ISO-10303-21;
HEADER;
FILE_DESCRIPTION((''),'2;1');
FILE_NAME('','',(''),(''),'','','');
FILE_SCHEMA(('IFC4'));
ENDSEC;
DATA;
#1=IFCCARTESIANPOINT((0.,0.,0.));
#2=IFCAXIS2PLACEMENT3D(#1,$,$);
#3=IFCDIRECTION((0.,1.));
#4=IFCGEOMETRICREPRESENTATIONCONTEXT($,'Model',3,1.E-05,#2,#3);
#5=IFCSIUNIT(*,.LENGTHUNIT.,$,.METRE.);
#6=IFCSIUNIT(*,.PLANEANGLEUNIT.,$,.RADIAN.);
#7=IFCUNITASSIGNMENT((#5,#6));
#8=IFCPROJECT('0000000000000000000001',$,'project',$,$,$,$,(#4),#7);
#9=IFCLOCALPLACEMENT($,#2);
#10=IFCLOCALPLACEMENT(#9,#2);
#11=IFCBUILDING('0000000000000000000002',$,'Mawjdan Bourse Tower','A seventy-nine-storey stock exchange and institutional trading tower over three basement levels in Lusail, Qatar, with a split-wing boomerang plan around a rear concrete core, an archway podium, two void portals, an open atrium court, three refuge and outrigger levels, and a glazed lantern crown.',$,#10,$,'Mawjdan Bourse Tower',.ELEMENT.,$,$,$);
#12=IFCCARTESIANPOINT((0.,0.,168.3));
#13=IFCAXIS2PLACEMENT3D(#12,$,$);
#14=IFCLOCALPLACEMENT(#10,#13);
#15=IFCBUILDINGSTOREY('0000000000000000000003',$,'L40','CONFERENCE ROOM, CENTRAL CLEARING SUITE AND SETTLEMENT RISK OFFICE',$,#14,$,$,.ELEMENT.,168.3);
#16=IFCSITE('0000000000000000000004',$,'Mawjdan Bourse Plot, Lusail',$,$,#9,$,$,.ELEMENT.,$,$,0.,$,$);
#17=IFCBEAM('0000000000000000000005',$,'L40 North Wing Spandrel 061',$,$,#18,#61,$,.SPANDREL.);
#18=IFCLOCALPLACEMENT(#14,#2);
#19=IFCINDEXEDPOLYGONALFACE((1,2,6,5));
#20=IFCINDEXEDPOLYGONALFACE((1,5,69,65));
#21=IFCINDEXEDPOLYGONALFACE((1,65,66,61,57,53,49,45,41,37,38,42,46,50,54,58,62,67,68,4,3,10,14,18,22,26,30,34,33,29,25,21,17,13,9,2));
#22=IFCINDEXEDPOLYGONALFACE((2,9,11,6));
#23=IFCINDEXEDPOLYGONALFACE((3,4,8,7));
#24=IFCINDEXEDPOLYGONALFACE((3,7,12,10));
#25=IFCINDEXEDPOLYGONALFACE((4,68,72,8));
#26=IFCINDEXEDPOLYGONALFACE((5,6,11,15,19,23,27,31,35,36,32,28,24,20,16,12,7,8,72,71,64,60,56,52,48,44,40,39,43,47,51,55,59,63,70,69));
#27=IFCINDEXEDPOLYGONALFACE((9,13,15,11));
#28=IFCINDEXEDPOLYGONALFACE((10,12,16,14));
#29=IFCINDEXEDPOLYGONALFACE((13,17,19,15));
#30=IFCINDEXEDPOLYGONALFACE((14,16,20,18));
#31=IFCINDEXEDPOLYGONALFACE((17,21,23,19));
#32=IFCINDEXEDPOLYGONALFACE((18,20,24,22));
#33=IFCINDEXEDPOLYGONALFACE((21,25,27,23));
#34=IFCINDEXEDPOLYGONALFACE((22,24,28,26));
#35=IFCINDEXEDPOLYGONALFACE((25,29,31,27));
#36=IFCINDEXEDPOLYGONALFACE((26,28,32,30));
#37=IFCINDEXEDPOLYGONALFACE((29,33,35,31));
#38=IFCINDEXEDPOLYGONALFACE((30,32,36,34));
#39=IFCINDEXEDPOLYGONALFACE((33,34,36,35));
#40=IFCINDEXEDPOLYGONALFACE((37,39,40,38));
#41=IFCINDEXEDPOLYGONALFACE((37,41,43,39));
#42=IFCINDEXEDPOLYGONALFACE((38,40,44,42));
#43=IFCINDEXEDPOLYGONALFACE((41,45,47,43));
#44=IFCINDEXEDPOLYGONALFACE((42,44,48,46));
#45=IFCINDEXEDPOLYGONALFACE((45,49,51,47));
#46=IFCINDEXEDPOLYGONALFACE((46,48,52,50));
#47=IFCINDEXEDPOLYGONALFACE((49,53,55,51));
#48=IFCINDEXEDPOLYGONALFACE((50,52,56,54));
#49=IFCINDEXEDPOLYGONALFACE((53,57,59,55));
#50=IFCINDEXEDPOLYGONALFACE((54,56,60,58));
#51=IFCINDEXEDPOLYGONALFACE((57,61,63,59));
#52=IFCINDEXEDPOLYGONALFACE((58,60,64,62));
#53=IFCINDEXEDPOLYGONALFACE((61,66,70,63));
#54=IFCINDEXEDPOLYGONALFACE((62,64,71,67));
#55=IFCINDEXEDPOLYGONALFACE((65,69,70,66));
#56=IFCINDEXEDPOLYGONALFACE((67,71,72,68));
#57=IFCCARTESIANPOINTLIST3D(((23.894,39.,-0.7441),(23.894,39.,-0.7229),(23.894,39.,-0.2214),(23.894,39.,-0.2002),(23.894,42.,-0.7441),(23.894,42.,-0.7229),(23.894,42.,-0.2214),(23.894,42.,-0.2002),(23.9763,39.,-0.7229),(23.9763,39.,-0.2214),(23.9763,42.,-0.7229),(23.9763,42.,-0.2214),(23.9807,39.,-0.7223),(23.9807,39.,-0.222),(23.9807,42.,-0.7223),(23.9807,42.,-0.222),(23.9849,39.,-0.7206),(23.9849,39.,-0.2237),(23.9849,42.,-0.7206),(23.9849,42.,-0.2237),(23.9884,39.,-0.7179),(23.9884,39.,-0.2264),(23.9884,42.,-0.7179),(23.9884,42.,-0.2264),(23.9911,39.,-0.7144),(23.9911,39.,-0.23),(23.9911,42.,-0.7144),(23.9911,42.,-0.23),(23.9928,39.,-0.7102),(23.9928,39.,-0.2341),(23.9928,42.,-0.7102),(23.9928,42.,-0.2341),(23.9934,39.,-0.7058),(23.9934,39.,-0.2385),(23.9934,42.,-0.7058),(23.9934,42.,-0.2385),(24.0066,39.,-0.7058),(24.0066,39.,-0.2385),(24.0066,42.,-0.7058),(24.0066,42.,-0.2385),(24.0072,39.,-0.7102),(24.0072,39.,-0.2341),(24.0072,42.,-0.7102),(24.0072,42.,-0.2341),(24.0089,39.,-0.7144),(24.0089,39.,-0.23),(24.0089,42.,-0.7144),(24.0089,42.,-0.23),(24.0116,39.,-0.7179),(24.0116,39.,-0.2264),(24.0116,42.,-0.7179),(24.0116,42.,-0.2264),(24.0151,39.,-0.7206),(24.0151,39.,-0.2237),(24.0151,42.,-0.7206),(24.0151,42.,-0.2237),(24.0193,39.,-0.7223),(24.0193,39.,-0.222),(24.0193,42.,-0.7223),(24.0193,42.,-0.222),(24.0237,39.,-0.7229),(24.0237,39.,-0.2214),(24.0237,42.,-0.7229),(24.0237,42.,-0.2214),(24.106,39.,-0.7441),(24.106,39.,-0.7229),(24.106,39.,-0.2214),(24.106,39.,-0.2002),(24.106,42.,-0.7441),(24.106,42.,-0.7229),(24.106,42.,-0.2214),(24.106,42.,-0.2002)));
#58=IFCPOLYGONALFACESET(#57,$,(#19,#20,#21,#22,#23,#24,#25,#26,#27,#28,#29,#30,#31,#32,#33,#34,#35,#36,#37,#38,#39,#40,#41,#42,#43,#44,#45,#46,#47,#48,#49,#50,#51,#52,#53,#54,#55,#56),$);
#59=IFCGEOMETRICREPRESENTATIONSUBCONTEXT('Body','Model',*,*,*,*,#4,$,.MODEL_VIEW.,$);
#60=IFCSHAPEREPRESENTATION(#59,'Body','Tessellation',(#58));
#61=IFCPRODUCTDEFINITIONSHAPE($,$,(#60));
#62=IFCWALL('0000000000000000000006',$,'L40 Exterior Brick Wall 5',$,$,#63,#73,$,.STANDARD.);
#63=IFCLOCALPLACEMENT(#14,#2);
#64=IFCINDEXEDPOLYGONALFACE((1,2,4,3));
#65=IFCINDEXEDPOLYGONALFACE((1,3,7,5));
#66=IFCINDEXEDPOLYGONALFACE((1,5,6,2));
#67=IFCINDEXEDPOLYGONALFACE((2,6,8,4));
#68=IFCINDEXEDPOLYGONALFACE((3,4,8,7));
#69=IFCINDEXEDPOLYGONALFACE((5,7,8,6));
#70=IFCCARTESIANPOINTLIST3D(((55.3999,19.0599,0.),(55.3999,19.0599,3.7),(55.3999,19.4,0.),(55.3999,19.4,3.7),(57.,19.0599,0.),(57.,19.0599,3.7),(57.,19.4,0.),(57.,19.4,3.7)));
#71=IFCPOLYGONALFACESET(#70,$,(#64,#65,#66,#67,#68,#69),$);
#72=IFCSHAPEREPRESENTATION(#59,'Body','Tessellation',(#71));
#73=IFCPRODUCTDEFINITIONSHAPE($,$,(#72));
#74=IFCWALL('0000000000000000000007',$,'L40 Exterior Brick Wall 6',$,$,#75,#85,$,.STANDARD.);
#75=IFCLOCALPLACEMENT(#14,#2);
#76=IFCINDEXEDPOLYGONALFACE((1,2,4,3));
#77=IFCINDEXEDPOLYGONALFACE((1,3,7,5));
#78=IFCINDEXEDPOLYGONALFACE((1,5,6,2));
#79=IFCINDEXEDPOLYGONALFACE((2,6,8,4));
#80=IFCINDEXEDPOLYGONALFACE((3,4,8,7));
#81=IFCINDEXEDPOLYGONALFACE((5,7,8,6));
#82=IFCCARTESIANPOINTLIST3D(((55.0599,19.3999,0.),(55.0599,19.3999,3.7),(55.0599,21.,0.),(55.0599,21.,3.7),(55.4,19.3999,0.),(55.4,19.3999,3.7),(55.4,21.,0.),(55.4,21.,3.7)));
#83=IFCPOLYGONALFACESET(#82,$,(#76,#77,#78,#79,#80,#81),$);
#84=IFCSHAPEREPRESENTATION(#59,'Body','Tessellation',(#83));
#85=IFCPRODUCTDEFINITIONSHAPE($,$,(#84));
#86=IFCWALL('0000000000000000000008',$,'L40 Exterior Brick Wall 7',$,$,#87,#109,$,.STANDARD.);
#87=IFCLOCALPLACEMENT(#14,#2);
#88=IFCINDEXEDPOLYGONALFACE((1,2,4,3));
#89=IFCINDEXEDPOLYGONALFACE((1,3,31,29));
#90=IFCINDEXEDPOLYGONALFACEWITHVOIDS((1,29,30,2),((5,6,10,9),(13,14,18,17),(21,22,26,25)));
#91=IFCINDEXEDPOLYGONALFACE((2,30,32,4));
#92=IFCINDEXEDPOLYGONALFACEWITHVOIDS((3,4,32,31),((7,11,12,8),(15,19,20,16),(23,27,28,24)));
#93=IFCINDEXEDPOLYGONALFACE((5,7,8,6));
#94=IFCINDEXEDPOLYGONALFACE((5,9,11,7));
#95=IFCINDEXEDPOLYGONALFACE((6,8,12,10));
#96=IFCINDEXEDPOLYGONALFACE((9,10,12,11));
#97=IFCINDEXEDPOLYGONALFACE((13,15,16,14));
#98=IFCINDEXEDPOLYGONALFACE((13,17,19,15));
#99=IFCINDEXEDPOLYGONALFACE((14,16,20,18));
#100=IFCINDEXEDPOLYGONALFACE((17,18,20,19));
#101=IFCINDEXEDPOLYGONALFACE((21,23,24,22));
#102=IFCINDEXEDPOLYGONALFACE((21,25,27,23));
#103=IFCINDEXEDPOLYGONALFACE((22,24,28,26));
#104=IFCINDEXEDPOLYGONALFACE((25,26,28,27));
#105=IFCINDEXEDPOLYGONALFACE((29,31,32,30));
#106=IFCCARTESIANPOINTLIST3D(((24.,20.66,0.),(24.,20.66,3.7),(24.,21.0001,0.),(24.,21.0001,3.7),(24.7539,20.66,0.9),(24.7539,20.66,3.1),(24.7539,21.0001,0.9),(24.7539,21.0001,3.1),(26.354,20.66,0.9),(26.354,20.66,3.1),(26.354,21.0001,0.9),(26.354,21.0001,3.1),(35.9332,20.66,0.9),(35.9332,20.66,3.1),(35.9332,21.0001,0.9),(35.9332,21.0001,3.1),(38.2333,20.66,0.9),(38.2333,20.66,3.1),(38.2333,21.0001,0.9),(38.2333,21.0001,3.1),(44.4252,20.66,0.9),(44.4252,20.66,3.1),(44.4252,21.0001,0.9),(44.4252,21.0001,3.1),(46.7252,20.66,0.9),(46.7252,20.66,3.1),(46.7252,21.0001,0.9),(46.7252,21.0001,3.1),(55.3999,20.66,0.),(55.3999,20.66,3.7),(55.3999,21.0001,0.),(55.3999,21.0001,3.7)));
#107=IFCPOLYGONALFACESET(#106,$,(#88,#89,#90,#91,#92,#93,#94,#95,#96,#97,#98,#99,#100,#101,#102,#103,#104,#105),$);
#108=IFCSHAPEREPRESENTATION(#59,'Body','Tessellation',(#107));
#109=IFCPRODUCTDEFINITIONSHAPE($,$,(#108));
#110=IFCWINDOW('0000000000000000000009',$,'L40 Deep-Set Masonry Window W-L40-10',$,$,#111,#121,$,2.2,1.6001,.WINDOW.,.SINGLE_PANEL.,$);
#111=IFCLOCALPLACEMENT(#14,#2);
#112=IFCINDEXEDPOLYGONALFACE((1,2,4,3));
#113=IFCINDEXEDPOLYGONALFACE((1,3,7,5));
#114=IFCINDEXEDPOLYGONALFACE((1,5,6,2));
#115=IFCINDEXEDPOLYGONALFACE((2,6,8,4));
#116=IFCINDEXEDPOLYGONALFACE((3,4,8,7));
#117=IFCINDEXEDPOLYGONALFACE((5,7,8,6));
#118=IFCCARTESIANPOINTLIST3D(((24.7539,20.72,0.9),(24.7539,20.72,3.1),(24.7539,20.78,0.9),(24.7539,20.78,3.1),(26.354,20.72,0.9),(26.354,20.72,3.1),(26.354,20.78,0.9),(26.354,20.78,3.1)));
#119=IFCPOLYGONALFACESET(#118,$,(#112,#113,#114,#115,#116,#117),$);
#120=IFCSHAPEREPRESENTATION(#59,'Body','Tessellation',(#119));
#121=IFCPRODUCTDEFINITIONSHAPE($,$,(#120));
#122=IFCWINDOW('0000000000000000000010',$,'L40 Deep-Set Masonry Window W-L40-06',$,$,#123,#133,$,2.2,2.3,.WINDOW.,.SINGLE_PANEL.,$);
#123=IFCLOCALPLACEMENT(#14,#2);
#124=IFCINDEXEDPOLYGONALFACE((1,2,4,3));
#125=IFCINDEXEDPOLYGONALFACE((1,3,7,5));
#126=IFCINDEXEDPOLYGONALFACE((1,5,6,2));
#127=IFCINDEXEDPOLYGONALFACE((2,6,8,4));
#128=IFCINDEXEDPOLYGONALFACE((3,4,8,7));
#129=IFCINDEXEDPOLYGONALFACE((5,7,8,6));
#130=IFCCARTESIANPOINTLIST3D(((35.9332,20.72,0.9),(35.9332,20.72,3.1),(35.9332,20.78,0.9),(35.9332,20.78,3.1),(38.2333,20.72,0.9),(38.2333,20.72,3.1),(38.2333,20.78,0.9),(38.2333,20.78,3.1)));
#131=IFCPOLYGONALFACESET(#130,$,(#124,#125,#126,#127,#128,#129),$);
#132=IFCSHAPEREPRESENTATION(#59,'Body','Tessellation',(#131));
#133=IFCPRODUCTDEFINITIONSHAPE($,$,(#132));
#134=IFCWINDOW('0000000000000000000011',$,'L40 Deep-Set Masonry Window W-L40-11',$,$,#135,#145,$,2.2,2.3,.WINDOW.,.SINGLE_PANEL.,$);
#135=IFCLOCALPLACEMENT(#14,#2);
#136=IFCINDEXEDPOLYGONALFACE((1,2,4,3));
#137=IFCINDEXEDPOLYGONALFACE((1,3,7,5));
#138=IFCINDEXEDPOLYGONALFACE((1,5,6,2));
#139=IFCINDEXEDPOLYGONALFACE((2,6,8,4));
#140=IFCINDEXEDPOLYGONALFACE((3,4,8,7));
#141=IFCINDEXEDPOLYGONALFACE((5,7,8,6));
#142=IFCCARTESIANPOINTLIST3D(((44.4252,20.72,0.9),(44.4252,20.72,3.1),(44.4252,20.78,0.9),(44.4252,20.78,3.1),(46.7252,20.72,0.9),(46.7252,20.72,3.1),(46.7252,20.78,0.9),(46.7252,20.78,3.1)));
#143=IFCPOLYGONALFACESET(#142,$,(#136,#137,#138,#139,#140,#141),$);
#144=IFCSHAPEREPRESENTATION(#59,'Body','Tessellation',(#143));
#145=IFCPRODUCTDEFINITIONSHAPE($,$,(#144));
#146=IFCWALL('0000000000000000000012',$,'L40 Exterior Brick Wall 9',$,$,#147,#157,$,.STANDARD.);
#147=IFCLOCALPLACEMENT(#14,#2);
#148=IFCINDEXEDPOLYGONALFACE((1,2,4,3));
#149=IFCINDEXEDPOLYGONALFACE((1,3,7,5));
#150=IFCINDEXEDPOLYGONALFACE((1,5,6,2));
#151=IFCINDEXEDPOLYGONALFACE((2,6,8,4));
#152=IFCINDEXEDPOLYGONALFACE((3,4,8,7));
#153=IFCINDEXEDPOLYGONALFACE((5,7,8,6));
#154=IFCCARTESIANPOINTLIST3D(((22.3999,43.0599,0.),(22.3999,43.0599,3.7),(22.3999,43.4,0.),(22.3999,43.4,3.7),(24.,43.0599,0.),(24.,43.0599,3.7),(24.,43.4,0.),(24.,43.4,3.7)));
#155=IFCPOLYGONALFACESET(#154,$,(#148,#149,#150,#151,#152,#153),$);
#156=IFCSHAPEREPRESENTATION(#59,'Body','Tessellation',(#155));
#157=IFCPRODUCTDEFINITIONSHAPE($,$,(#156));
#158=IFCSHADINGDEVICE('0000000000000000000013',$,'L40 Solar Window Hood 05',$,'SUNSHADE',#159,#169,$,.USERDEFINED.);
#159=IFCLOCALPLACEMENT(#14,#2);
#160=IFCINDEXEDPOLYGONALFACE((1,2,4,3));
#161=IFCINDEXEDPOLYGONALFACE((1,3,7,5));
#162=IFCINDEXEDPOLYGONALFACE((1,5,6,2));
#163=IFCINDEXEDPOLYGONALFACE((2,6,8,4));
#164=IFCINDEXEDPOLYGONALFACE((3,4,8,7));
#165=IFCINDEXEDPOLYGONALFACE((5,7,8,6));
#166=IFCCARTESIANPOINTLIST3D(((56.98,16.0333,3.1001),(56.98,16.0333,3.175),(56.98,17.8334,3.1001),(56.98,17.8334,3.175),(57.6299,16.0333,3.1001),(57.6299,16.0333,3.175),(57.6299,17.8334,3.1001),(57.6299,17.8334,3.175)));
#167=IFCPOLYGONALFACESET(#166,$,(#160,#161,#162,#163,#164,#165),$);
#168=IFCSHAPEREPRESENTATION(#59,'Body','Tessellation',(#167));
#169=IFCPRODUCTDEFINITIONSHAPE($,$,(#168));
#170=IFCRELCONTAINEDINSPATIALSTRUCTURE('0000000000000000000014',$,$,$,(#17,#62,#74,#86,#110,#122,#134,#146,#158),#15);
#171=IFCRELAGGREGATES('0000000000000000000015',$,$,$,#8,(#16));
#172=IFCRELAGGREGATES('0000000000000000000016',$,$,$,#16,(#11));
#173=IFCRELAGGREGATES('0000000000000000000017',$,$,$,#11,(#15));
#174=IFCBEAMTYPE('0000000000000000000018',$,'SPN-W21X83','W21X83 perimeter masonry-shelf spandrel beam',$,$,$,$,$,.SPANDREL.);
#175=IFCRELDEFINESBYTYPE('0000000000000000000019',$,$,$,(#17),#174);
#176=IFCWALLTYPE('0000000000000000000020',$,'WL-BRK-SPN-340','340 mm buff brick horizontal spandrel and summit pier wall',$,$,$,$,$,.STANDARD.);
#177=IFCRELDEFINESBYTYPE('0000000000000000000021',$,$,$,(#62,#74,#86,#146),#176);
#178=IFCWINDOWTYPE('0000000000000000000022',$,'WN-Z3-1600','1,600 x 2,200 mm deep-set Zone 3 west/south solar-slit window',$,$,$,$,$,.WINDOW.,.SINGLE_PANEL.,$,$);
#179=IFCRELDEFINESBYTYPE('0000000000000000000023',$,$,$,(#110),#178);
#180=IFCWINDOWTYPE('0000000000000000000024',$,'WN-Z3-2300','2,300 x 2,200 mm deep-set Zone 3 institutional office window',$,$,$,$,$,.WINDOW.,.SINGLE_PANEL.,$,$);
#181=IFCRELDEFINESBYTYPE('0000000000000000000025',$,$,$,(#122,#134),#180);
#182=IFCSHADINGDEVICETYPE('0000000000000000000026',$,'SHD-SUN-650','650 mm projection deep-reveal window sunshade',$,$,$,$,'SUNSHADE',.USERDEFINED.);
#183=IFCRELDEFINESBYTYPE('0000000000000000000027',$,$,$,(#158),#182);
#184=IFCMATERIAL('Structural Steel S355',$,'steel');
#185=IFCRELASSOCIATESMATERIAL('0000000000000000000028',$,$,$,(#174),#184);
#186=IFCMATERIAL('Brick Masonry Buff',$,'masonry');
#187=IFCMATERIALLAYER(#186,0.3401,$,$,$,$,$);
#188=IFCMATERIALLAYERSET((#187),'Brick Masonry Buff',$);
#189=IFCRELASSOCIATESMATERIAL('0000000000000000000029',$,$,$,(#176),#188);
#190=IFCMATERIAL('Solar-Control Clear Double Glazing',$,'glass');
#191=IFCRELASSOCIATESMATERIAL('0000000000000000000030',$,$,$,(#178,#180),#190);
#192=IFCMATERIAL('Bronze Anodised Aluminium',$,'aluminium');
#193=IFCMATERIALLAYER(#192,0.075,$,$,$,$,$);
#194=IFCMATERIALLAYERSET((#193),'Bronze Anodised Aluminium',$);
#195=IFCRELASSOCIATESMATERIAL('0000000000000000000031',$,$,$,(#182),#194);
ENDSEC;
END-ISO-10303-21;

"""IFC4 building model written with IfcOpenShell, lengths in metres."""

from ifc_helpers import new_model, si_unit, direction, frame, frame_2d, origin, origin_2d, place, context, subcontext, project, spatial, rectangle, i_section, extrude, material, layer, layer_set, material_profile, profile_set, type_object, element, fill, save


model = new_model("IFC4")

# Units and contexts
model_context = context("Model", 3, precision=1e-05, world=origin(), true_north=direction((0.0, 1.0)))
body_context = subcontext(model_context, "Body", "Model", "MODEL_VIEW")
ifc_project = project(units=[si_unit("LENGTHUNIT", "METRE"), si_unit("PLANEANGLEUNIT", "RADIAN")], contexts=[model_context])

# Site, building, storey
site_placement = place(None, origin())
site = spatial("IfcSite", under=ifc_project, at=site_placement, Name="Mawjdan Bourse Plot, Lusail", CompositionType="ELEMENT", RefElevation=0.0)
building_placement = place(site_placement, origin())
building = spatial("IfcBuilding", under=site, at=building_placement, Name="Mawjdan Bourse Tower", Description="A seventy-nine-storey stock exchange and institutional trading tower over three basement levels in Lusail, Qatar, with a split-wing boomerang plan around a rear concrete core, an archway podium, two void portals, an open atrium court, three refuge and outrigger levels, and a glazed lantern crown.", LongName="Mawjdan Bourse Tower", CompositionType="ELEMENT")
storey_placement = place(building_placement, frame((0.0, 0.0, 168.3)))
storey = spatial("IfcBuildingStorey", under=building, at=storey_placement, Name="L40", Description="CONFERENCE ROOM, CENTRAL CLEARING SUITE AND SETTLEMENT RISK OFFICE", CompositionType="ELEMENT", Elevation=168.3)

# Beam
ifc_material_1 = material(Name="Structural Steel S355", Category="steel")
ifc_material_profile_1 = material_profile(ifc_material_1, i_section(OverallWidth=0.2119, OverallDepth=0.5439, WebThickness=0.0132, FlangeThickness=0.0212, FilletRadius=0.0171, at=origin_2d()), Name="W21X83")
ifc_profile_set_1 = profile_set([ifc_material_profile_1], Name="Structural Steel S355")
beam_type_1 = type_object("IfcBeamType", Name="SPN-W21X83", Description="W21X83 perimeter masonry-shelf spandrel beam", PredefinedType="SPANDREL", material=ifc_profile_set_1)
for number, where, z_axis, x_axis, name in (
    (1, (24.0, 39.0, -0.4722), (0.0, 1.0, 0.0), (-1.0, 0.0, 0.0), "L40 North Wing Spandrel 061"),
):
    element("IfcBeam", number, at=place(storey_placement, frame(where, z_axis=z_axis, x_axis=x_axis)), inside=storey, type_object=beam_type_1, Name=name, PredefinedType="SPANDREL", context=body_context, shape_type="SweptSolid", body=[
        extrude(i_section(OverallWidth=0.2119, OverallDepth=0.5439, WebThickness=0.0132, FlangeThickness=0.0212, FilletRadius=0.0171, at=origin_2d()), origin(), (0.0, 0.0, 1.0), 3.0),
    ])

# Walls
ifc_material_2 = material(Name="Brick Masonry Buff", Category="masonry")
ifc_layer_1 = layer(ifc_material_2, 0.3401)
ifc_layer_set_1 = layer_set([ifc_layer_1], Name="Brick Masonry Buff")
wall_type = type_object("IfcWallType", Name="WL-BRK-SPN-340", Description="340 mm buff brick horizontal spandrel and summit pier wall", PredefinedType="STANDARD", material=ifc_layer_set_1)
for number, where, z_axis, x_axis, name in (
    (2, (57.0, 19.23, 0.0), (0.0, 0.0, 1.0), (-1.0, 0.0, 0.0), "L40 Exterior Brick Wall 5"),
    (3, (55.23, 19.3999, 0.0), (0.0, 0.0, 1.0), (0.0, 1.0, 0.0), "L40 Exterior Brick Wall 6"),
):
    element("IfcWall", number, at=place(storey_placement, frame(where, z_axis=z_axis, x_axis=x_axis)), inside=storey, type_object=wall_type, Name=name, PredefinedType="STANDARD", context=body_context, shape_type="SweptSolid", body=[
        extrude(rectangle(XDim=1.6001, YDim=0.3401, at=frame_2d((0.8, 0.0))), origin(), (0.0, 0.0, 1.0), 3.7),
    ])

# Wall, openings, windows
wall_1_placement = place(storey_placement, frame((55.3999, 20.8301, 0.0), z_axis=(0.0, 0.0, 1.0), x_axis=(-1.0, 0.0, 0.0)))
wall_1 = element("IfcWall", 4, at=wall_1_placement, inside=storey, type_object=wall_type, Name="L40 Exterior Brick Wall 7", PredefinedType="STANDARD", context=body_context, shape_type="SweptSolid", body=[
    extrude(rectangle(XDim=31.3999, YDim=0.3401, at=frame_2d((15.7, 0.0))), origin(), (0.0, 0.0, 1.0), 3.7),
])
opening_1_placement = place(wall_1_placement, frame((17.1667, 0.0, 0.8999)))
opening_1 = element("IfcOpeningElement", 5, at=opening_1_placement, cuts=wall_1, PredefinedType="OPENING", context=body_context, shape_type="SweptSolid", body=[
    extrude(rectangle(XDim=2.3, YDim=2.2, at=frame_2d((1.1499, 1.1001))), frame((0.0, 0.1802, 0.0), z_axis=(0.0, -1.0, 0.0), x_axis=(1.0, 0.0, 0.0)), (0.0, 0.0, 1.0), 0.3601),
])
opening_2_placement = place(wall_1_placement, frame((29.0459, 0.0, 0.8999)))
opening_2 = element("IfcOpeningElement", 6, at=opening_2_placement, cuts=wall_1, PredefinedType="OPENING", context=body_context, shape_type="SweptSolid", body=[
    extrude(rectangle(XDim=1.6001, YDim=2.2, at=frame_2d((0.8, 1.1001))), frame((0.0, 0.1802, 0.0), z_axis=(0.0, -1.0, 0.0), x_axis=(1.0, 0.0, 0.0)), (0.0, 0.0, 1.0), 0.3601),
])
opening_3_placement = place(wall_1_placement, frame((8.6748, 0.0, 0.8999)))
opening_3 = element("IfcOpeningElement", 7, at=opening_3_placement, cuts=wall_1, PredefinedType="OPENING", context=body_context, shape_type="SweptSolid", body=[
    extrude(rectangle(XDim=2.3, YDim=2.2, at=frame_2d((1.1499, 1.1001))), frame((0.0, 0.1802, 0.0), z_axis=(0.0, -1.0, 0.0), x_axis=(1.0, 0.0, 0.0)), (0.0, 0.0, 1.0), 0.3601),
])
ifc_material_3 = material(Name="Solar-Control Clear Double Glazing", Category="glass")
window_type_1 = type_object("IfcWindowType", Name="WN-Z3-1600", Description="1,600 x 2,200 mm deep-set Zone 3 west/south solar-slit window", PartitioningType="SINGLE_PANEL", PredefinedType="WINDOW", material=ifc_material_3)
window_1_placement = place(opening_2_placement, origin())
window_1 = element("IfcWindow", 8, at=window_1_placement, inside=storey, type_object=window_type_1, Name="L40 Deep-Set Masonry Window W-L40-10", OverallHeight=2.2, OverallWidth=1.6001, PartitioningType="SINGLE_PANEL", PredefinedType="WINDOW", context=body_context, shape_type="SweptSolid", body=[
    extrude(rectangle(XDim=1.6001, YDim=2.2, at=frame_2d((0.8, 1.1001))), frame((0.0, 0.1101, 0.0), z_axis=(0.0, -1.0, 0.0), x_axis=(1.0, 0.0, 0.0)), (0.0, 0.0, 1.0), 0.0601),
])
fill(opening_2, window_1)
window_type_2 = type_object("IfcWindowType", Name="WN-Z3-2300", Description="2,300 x 2,200 mm deep-set Zone 3 institutional office window", PartitioningType="SINGLE_PANEL", PredefinedType="WINDOW", material=ifc_material_3)
window_2_placement = place(opening_1_placement, origin())
window_2 = element("IfcWindow", 9, at=window_2_placement, inside=storey, type_object=window_type_2, Name="L40 Deep-Set Masonry Window W-L40-06", OverallHeight=2.2, OverallWidth=2.3, PartitioningType="SINGLE_PANEL", PredefinedType="WINDOW", context=body_context, shape_type="SweptSolid", body=[
    extrude(rectangle(XDim=2.3, YDim=2.2, at=frame_2d((1.1499, 1.1001))), frame((0.0, 0.1101, 0.0), z_axis=(0.0, -1.0, 0.0), x_axis=(1.0, 0.0, 0.0)), (0.0, 0.0, 1.0), 0.0601),
])
fill(opening_1, window_2)
window_3_placement = place(opening_3_placement, origin())
window_3 = element("IfcWindow", 10, at=window_3_placement, inside=storey, type_object=window_type_2, Name="L40 Deep-Set Masonry Window W-L40-11", OverallHeight=2.2, OverallWidth=2.3, PartitioningType="SINGLE_PANEL", PredefinedType="WINDOW", context=body_context, shape_type="SweptSolid", body=[
    extrude(rectangle(XDim=2.3, YDim=2.2, at=frame_2d((1.1499, 1.1001))), frame((0.0, 0.1101, 0.0), z_axis=(0.0, -1.0, 0.0), x_axis=(1.0, 0.0, 0.0)), (0.0, 0.0, 1.0), 0.0601),
])
fill(opening_3, window_3)

# Wall
wall_2_placement = place(storey_placement, frame((24.0, 43.23, 0.0), z_axis=(0.0, 0.0, 1.0), x_axis=(-1.0, 0.0, 0.0)))
element("IfcWall", 11, at=wall_2_placement, inside=storey, type_object=wall_type, Name="L40 Exterior Brick Wall 9", PredefinedType="STANDARD", context=body_context, shape_type="SweptSolid", body=[
    extrude(rectangle(XDim=1.6001, YDim=0.3401, at=frame_2d((0.8, 0.0))), origin(), (0.0, 0.0, 1.0), 3.7),
])

# Shading device
ifc_material_4 = material(Name="Bronze Anodised Aluminium", Category="aluminium")
ifc_layer_2 = layer(ifc_material_4, 0.075)
ifc_layer_set_2 = layer_set([ifc_layer_2], Name="Bronze Anodised Aluminium")
shading_device_type = type_object("IfcShadingDeviceType", Name="SHD-SUN-650", Description="650 mm projection deep-reveal window sunshade", ElementType="SUNSHADE", PredefinedType="USERDEFINED", material=ifc_layer_set_2)
shading_device_placement = place(storey_placement, frame((57.3049, 16.9333, 3.1001), z_axis=(0.0, 0.0, 1.0), x_axis=(0.0, 1.0, 0.0)))
element("IfcShadingDevice", 12, at=shading_device_placement, inside=storey, type_object=shading_device_type, Name="L40 Solar Window Hood 05", ObjectType="SUNSHADE", PredefinedType="USERDEFINED", context=body_context, shape_type="SweptSolid", body=[
    extrude(rectangle(XDim=1.8, YDim=0.6499, at=origin_2d()), origin(), (0.0, 0.0, 1.0), 0.075),
])

save(model, "model.ifc")
